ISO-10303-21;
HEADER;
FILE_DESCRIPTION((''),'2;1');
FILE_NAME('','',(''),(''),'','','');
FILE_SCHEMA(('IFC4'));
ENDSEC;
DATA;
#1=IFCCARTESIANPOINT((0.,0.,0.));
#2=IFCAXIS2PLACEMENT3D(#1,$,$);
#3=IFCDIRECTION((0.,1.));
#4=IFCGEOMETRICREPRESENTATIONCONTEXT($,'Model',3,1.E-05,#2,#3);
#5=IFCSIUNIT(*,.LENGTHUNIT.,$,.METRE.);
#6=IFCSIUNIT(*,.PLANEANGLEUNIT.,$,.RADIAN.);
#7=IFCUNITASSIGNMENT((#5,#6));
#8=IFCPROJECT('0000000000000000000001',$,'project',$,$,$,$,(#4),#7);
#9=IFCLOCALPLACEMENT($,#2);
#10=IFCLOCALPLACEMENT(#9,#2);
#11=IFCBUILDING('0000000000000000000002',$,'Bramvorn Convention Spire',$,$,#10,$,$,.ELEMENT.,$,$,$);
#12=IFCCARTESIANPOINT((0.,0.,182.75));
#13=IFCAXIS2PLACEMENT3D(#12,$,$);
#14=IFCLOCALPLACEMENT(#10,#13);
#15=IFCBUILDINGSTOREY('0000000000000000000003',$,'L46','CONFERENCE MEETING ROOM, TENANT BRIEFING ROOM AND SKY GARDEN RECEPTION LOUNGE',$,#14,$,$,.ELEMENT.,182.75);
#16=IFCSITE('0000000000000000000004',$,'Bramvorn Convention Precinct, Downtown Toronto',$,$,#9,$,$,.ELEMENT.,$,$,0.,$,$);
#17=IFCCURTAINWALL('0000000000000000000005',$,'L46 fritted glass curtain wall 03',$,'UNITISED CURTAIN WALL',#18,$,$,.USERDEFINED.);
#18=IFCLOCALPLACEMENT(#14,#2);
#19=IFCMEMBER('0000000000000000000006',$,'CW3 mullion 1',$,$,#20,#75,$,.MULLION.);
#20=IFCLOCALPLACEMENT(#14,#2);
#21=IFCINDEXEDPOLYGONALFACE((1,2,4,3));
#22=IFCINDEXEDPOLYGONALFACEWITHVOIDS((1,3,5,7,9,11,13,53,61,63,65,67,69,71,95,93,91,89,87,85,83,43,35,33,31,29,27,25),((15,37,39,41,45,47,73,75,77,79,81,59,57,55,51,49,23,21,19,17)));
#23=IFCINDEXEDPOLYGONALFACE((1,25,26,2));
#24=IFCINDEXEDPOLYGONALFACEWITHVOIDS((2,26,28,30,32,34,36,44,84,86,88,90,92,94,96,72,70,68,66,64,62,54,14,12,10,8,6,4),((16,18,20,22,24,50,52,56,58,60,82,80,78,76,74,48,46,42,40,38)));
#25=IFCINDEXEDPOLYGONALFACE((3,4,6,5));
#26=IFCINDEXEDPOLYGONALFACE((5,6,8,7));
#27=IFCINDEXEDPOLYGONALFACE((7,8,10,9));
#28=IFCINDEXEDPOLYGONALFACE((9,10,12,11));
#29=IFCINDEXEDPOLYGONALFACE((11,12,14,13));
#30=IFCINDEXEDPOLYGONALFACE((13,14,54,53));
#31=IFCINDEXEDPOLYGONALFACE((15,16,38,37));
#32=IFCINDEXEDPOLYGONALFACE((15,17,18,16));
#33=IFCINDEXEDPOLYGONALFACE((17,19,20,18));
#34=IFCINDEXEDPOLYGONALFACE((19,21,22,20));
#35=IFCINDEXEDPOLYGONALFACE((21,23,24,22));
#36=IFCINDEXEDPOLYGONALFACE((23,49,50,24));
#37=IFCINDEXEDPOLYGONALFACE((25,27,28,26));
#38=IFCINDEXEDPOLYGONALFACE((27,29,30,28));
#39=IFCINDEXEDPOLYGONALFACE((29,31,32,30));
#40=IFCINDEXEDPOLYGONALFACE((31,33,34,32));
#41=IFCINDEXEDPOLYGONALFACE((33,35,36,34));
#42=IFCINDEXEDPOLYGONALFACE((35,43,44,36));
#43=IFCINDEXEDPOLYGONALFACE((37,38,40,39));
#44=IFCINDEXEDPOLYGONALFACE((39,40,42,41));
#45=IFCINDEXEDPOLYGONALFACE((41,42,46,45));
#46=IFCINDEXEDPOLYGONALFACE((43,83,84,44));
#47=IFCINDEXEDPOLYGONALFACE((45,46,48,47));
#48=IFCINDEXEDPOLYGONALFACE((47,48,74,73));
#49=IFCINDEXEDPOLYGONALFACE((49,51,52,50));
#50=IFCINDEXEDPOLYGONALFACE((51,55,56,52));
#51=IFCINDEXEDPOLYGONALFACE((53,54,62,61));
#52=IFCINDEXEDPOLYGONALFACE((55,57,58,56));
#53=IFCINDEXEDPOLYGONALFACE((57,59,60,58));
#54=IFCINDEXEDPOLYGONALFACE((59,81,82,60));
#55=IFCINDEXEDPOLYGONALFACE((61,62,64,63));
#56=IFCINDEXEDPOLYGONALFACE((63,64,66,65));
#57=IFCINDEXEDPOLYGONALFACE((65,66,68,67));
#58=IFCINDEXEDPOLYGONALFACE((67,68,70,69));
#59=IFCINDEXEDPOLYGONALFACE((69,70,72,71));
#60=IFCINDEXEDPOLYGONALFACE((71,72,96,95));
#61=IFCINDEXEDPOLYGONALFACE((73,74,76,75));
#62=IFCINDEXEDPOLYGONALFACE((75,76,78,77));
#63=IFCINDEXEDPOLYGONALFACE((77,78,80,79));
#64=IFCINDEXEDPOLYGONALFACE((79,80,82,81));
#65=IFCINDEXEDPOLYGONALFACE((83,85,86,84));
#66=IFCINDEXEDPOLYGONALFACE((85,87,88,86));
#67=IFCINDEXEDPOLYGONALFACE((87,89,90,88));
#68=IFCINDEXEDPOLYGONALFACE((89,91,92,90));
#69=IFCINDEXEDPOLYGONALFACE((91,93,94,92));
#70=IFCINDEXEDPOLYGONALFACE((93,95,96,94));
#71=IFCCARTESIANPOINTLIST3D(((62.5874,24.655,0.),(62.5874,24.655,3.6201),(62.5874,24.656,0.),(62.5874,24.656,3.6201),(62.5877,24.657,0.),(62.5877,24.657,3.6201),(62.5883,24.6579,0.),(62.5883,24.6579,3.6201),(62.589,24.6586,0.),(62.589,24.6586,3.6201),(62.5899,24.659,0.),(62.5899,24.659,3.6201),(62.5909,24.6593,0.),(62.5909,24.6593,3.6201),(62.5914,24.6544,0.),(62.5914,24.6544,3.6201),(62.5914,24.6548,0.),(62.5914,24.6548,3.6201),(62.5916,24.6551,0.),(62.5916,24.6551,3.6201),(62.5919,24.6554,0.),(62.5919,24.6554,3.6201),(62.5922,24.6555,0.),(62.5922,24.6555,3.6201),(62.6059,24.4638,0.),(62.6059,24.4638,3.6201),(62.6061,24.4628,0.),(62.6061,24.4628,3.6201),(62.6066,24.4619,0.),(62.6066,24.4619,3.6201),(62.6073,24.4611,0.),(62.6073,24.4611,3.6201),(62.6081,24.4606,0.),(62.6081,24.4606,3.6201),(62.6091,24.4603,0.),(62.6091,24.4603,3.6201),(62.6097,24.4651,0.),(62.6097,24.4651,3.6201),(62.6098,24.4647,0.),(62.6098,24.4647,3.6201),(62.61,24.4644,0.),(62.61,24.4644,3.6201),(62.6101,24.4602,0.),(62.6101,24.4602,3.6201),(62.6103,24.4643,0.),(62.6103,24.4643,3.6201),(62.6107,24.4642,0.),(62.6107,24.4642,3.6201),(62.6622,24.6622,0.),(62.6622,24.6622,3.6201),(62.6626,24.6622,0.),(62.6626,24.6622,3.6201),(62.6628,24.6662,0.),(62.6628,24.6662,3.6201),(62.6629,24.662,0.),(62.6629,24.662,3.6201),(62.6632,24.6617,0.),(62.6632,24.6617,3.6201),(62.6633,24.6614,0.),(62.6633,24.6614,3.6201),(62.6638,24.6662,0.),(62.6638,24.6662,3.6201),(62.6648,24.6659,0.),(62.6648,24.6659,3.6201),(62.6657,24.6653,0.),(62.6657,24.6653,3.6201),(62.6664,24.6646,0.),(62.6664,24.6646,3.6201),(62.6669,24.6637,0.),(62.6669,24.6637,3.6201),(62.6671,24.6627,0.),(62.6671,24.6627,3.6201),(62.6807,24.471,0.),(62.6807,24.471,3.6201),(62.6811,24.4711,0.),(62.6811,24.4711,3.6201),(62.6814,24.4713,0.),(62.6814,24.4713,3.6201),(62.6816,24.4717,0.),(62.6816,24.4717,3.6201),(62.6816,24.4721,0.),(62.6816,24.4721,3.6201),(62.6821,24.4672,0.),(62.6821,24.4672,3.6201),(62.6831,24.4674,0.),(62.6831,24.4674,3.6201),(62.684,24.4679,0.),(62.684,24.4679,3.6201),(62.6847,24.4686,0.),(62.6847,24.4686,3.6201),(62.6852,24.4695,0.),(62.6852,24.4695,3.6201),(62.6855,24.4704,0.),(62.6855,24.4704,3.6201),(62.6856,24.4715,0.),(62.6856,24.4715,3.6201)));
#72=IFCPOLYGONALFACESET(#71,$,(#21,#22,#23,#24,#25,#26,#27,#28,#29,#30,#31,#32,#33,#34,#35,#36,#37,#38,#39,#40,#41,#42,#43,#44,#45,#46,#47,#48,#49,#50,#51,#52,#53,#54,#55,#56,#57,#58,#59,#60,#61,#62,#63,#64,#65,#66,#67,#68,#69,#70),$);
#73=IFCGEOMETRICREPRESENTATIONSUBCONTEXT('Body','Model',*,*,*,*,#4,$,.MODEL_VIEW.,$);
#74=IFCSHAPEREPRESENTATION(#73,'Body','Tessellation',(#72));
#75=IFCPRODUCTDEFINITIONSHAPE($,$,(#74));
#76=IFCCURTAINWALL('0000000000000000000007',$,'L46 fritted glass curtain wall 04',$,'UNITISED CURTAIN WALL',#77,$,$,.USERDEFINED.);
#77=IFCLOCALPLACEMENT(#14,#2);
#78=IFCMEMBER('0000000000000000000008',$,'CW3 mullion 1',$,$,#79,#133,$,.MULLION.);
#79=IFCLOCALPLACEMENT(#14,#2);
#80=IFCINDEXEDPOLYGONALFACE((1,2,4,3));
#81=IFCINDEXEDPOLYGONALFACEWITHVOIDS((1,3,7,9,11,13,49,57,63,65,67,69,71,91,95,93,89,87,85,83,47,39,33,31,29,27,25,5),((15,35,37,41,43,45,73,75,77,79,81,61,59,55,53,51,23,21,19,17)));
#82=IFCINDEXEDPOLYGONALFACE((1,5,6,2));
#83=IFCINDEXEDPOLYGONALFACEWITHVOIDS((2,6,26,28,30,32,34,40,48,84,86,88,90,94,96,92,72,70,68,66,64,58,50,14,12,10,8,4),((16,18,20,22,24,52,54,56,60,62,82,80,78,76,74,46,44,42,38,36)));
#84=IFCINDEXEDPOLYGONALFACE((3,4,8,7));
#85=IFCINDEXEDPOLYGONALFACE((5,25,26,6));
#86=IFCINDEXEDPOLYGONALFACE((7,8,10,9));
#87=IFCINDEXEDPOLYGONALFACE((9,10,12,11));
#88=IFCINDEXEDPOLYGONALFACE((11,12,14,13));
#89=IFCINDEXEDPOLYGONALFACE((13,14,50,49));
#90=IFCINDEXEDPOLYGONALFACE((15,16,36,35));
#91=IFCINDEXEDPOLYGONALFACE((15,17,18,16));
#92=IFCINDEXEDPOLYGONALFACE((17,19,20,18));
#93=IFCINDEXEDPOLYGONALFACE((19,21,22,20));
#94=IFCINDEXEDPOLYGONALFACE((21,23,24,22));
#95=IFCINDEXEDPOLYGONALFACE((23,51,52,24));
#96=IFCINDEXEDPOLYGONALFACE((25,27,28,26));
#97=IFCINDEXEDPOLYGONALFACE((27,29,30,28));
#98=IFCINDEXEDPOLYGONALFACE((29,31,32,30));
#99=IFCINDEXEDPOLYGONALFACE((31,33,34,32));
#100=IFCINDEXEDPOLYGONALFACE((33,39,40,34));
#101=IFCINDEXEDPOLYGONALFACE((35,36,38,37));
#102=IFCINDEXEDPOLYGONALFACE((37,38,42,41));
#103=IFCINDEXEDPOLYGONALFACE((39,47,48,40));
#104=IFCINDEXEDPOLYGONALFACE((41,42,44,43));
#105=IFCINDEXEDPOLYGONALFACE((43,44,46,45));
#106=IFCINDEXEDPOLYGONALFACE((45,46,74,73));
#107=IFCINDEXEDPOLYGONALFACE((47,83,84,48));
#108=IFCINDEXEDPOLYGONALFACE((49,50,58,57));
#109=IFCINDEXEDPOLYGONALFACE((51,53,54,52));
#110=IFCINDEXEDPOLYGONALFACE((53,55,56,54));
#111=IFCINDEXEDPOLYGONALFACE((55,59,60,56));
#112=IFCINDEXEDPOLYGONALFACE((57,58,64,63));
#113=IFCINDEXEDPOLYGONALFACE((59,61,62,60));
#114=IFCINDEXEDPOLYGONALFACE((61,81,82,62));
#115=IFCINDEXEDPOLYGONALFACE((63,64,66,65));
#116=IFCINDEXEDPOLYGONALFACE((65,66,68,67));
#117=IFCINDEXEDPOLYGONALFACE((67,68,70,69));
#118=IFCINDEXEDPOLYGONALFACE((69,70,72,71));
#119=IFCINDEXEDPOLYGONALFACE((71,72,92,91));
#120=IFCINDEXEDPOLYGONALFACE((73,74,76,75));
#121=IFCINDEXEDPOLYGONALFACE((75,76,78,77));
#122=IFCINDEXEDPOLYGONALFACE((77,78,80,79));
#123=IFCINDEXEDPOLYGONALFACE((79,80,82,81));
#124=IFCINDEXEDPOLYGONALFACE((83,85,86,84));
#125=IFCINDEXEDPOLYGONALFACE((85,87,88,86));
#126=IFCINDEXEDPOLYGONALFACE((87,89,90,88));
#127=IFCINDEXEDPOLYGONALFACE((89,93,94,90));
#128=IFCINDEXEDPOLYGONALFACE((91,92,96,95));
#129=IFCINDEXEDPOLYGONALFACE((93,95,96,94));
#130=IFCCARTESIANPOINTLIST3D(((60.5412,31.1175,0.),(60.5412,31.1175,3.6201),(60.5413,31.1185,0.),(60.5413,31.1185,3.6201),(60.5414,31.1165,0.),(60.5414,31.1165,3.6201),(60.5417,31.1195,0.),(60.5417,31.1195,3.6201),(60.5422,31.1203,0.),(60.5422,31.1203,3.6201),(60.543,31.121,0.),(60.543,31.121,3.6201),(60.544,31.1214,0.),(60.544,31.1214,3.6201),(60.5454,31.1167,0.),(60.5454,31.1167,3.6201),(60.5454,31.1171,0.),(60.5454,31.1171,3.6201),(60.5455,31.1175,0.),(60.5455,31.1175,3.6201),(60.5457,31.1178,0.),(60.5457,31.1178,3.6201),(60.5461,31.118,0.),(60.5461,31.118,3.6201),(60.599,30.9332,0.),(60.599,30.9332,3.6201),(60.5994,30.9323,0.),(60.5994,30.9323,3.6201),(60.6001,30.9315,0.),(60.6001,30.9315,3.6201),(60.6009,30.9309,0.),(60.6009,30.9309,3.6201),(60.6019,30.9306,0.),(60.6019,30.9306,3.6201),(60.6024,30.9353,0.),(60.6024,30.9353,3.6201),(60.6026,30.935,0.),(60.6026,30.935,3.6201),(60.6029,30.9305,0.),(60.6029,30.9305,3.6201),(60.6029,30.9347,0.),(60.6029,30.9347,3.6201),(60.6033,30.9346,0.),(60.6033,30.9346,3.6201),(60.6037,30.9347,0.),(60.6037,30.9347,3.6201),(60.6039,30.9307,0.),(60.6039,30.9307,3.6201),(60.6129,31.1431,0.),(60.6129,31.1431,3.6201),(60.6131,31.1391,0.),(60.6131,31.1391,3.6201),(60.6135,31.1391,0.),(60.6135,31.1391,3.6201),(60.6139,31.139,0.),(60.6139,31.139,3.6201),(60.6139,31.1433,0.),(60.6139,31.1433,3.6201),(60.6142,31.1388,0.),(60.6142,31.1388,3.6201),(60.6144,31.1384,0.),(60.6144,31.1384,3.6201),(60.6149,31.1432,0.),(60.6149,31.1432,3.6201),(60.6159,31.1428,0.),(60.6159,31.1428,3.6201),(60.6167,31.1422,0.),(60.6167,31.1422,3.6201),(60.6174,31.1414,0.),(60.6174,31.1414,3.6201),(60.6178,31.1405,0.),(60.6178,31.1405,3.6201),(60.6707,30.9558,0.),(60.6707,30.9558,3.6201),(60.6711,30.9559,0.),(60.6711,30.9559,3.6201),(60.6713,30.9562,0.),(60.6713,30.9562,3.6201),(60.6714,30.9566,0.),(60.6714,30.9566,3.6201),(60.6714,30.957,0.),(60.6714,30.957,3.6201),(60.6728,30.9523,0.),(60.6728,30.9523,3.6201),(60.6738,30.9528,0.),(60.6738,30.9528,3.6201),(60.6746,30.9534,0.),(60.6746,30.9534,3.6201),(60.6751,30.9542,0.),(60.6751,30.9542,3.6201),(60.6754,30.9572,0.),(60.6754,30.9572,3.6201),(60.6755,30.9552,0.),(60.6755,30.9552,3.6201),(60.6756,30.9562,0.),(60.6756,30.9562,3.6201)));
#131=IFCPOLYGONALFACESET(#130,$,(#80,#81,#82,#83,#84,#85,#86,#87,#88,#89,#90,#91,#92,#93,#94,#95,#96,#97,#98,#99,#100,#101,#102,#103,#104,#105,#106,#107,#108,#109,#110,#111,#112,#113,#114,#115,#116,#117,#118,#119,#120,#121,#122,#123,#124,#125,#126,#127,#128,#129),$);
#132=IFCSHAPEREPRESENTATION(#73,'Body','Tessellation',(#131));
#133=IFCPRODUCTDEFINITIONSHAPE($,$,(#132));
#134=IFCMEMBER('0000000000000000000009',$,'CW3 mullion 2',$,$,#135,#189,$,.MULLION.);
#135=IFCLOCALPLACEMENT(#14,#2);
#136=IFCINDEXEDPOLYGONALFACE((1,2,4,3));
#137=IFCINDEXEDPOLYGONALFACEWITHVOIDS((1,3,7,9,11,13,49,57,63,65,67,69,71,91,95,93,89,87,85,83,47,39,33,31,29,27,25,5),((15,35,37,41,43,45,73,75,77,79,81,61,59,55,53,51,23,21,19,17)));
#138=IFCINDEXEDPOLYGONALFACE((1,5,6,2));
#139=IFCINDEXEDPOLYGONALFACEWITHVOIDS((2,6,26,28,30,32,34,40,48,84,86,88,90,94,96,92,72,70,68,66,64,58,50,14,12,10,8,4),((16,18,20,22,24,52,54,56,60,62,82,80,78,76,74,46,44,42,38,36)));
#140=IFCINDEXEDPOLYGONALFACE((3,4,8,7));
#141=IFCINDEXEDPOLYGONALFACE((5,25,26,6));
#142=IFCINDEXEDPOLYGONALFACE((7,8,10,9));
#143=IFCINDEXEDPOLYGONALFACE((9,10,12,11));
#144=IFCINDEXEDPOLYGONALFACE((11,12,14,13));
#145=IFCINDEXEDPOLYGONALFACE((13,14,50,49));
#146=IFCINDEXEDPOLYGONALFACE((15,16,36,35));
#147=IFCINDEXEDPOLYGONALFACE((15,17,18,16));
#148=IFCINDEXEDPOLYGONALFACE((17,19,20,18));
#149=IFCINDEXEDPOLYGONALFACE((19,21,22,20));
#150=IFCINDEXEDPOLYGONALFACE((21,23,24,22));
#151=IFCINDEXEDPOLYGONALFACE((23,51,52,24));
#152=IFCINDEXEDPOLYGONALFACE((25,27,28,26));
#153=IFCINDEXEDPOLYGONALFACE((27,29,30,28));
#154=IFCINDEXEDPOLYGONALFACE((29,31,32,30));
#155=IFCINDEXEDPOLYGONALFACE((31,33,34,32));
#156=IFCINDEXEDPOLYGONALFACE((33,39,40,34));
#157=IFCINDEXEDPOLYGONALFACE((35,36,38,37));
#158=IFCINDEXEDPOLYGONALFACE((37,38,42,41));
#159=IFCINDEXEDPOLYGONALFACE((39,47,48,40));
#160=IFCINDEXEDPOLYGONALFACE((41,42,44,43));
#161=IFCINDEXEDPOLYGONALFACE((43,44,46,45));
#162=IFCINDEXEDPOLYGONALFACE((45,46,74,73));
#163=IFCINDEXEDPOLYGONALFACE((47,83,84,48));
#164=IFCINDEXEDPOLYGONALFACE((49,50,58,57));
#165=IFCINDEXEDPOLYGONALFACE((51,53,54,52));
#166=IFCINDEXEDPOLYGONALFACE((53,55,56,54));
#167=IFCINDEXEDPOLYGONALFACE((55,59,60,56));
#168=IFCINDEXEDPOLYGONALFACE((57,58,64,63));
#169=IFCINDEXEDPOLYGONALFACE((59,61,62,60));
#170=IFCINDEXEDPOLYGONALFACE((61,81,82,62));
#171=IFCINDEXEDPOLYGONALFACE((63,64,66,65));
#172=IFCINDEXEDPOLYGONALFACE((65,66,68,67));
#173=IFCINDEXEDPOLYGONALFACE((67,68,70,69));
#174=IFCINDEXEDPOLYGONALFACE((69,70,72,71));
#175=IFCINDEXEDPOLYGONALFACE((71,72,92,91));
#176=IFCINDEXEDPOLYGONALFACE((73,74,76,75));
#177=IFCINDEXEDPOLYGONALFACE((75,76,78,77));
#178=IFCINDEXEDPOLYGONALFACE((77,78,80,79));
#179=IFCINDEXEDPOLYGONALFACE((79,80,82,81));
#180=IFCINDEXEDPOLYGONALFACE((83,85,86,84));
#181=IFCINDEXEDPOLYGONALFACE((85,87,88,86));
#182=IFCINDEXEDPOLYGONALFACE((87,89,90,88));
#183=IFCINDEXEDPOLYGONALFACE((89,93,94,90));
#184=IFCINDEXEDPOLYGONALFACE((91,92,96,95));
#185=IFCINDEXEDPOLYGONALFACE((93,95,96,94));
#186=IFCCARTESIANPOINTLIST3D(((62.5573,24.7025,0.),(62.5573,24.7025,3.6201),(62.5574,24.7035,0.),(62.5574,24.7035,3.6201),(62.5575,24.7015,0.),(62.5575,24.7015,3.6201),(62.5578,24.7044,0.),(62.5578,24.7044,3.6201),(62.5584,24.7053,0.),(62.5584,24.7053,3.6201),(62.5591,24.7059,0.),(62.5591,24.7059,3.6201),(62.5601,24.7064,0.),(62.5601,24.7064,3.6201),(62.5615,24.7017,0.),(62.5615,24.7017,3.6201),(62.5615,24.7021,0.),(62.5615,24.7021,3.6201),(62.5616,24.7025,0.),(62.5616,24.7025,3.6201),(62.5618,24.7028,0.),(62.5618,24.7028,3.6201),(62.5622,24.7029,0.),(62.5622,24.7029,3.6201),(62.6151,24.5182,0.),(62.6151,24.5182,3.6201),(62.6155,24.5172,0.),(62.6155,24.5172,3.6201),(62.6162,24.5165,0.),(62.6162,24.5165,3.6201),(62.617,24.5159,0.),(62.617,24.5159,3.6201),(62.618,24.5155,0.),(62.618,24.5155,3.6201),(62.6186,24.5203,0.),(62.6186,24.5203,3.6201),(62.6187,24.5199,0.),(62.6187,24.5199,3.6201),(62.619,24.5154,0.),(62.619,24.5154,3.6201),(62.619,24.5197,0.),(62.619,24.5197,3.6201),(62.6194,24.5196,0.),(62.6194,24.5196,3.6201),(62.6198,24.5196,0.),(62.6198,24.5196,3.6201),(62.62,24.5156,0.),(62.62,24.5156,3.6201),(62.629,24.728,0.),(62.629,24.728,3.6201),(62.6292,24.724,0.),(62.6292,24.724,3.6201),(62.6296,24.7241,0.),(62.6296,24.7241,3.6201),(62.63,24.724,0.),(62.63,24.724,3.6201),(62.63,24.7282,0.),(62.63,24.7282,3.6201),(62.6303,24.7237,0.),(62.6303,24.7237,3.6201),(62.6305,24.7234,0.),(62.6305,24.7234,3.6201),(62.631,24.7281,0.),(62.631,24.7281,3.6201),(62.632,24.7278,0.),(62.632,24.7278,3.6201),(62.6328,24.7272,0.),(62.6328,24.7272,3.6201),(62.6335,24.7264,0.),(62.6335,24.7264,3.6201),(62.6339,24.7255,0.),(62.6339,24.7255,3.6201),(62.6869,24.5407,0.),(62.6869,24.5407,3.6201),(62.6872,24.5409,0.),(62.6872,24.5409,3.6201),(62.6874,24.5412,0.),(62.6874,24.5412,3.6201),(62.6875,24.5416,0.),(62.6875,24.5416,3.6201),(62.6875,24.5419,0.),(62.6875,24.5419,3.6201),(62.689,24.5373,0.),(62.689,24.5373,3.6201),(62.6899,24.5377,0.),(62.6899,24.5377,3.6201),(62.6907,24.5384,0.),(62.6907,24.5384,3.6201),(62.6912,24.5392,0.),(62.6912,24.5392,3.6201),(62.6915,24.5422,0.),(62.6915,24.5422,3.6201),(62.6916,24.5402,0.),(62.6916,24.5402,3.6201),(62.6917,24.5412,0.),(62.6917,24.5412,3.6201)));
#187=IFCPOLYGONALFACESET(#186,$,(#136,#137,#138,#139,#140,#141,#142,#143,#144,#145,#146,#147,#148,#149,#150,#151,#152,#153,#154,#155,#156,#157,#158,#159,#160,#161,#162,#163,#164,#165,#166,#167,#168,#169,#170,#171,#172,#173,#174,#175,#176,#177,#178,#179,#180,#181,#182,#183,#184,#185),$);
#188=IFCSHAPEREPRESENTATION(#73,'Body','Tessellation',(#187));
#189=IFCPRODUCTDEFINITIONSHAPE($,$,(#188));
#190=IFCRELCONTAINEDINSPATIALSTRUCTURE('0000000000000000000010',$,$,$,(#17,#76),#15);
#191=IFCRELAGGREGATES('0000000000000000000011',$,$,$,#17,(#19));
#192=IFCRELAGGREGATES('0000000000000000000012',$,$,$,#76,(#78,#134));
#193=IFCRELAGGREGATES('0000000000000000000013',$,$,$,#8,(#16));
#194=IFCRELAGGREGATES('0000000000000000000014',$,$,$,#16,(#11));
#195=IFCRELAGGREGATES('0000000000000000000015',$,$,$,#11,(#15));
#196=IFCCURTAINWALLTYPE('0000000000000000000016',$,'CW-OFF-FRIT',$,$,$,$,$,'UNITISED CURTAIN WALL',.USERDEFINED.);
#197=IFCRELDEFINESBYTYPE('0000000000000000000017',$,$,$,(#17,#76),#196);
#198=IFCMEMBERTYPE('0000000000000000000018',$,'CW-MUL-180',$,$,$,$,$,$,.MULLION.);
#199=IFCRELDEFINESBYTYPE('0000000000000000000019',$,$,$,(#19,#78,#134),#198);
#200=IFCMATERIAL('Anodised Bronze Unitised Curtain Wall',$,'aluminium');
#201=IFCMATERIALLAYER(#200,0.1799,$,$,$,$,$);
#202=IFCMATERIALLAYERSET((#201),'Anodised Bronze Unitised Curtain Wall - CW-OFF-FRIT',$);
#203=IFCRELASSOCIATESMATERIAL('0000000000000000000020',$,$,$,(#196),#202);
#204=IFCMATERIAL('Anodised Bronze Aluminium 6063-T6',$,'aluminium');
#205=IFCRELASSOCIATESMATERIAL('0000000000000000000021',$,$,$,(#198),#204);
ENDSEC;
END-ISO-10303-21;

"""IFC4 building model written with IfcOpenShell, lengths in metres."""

from ifc_helpers import new_model, si_unit, direction, frame, origin, origin_2d, place, context, subcontext, project, spatial, hollow_rectangle, extrude, material, layer, layer_set, material_profile, profile_set, type_object, element, aggregate, save


model = new_model("IFC4")

# Units and contexts
model_context = context("Model", 3, precision=1e-05, world=origin(), true_north=direction((0.0, 1.0)))
body_context = subcontext(model_context, "Body", "Model", "MODEL_VIEW")
ifc_project = project(units=[si_unit("LENGTHUNIT", "METRE"), si_unit("PLANEANGLEUNIT", "RADIAN")], contexts=[model_context])

# Site, building, storey
site_placement = place(None, origin())
site = spatial("IfcSite", under=ifc_project, at=site_placement, Name="Bramvorn Convention Precinct, Downtown Toronto", CompositionType="ELEMENT", RefElevation=0.0)
building_placement = place(site_placement, origin())
building = spatial("IfcBuilding", under=site, at=building_placement, Name="Bramvorn Convention Spire", CompositionType="ELEMENT")
storey_placement = place(building_placement, frame((0.0, 0.0, 182.75)))
storey = spatial("IfcBuildingStorey", under=building, at=storey_placement, Name="L46", Description="CONFERENCE MEETING ROOM, TENANT BRIEFING ROOM AND SKY GARDEN RECEPTION LOUNGE", CompositionType="ELEMENT", Elevation=182.75)

# Curtain wall, member
ifc_material_1 = material(Name="Anodised Bronze Unitised Curtain Wall", Category="aluminium")
ifc_layer_1 = layer(ifc_material_1, 0.1799)
ifc_layer_set_1 = layer_set([ifc_layer_1], Name="Anodised Bronze Unitised Curtain Wall - CW-OFF-FRIT")
curtain_wall_type = type_object("IfcCurtainWallType", Name="CW-OFF-FRIT", ElementType="UNITISED CURTAIN WALL", PredefinedType="USERDEFINED", material=ifc_layer_set_1)
curtain_wall_1_placement = place(storey_placement, origin())
curtain_wall_1 = element("IfcCurtainWall", 1, at=curtain_wall_1_placement, inside=storey, type_object=curtain_wall_type, Name="L46 fritted glass curtain wall 03", ObjectType="UNITISED CURTAIN WALL", PredefinedType="USERDEFINED")
ifc_material_2 = material(Name="Anodised Bronze Aluminium 6063-T6", Category="aluminium")
ifc_material_profile_1 = material_profile(ifc_material_2, hollow_rectangle(XDim=0.0801, YDim=0.2, WallThickness=0.0039, InnerFilletRadius=0.001, OuterFilletRadius=0.0039, at=origin_2d()))
ifc_profile_set_1 = profile_set([ifc_material_profile_1], Name="Anodised Bronze Aluminium 6063-T6 - CWM80X200")
member_type_1 = type_object("IfcMemberType", Name="CW-MUL-180", PredefinedType="MULLION", material=ifc_profile_set_1)
member_1_placement = place(storey_placement, frame((62.6365, 24.5632, 0.0), z_axis=(0.0, 0.0, 1.0), x_axis=(0.99536, 0.096219, 0.0)))
member_1 = element("IfcMember", 2, at=member_1_placement, type_object=member_type_1, Name="CW3 mullion 1", PredefinedType="MULLION", context=body_context, shape_type="SweptSolid", body=[
    extrude(hollow_rectangle(XDim=0.0801, YDim=0.2, WallThickness=0.0039, InnerFilletRadius=0.001, OuterFilletRadius=0.0039, at=origin_2d()), origin(), (0.0, 0.0, 1.0), 3.6201),
])

# Curtain wall, members
curtain_wall_2_placement = place(storey_placement, origin())
curtain_wall_2 = element("IfcCurtainWall", 3, at=curtain_wall_2_placement, inside=storey, type_object=curtain_wall_type, Name="L46 fritted glass curtain wall 04", ObjectType="UNITISED CURTAIN WALL", PredefinedType="USERDEFINED")
member_2_placement = place(storey_placement, frame((60.6084, 31.0369, 0.0), z_axis=(0.0, 0.0, 1.0), x_axis=(0.953993, 0.299829, 0.0)))
member_2 = element("IfcMember", 4, at=member_2_placement, type_object=member_type_1, Name="CW3 mullion 1", PredefinedType="MULLION", context=body_context, shape_type="SweptSolid", body=[
    extrude(hollow_rectangle(XDim=0.0801, YDim=0.2, WallThickness=0.0039, InnerFilletRadius=0.001, OuterFilletRadius=0.0039, at=origin_2d()), origin(), (0.0, 0.0, 1.0), 3.6201),
])
member_3_placement = place(storey_placement, frame((62.6245, 24.6218, 0.0), z_axis=(0.0, 0.0, 1.0), x_axis=(0.953993, 0.299829, 0.0)))
member_3 = element("IfcMember", 5, at=member_3_placement, type_object=member_type_1, Name="CW3 mullion 2", PredefinedType="MULLION", context=body_context, shape_type="SweptSolid", body=[
    extrude(hollow_rectangle(XDim=0.0801, YDim=0.2, WallThickness=0.0039, InnerFilletRadius=0.001, OuterFilletRadius=0.0039, at=origin_2d()), origin(), (0.0, 0.0, 1.0), 3.6201),
])

aggregate(curtain_wall_1, [member_1])

aggregate(curtain_wall_2, [member_2, member_3])

save(model, "model.ifc")
